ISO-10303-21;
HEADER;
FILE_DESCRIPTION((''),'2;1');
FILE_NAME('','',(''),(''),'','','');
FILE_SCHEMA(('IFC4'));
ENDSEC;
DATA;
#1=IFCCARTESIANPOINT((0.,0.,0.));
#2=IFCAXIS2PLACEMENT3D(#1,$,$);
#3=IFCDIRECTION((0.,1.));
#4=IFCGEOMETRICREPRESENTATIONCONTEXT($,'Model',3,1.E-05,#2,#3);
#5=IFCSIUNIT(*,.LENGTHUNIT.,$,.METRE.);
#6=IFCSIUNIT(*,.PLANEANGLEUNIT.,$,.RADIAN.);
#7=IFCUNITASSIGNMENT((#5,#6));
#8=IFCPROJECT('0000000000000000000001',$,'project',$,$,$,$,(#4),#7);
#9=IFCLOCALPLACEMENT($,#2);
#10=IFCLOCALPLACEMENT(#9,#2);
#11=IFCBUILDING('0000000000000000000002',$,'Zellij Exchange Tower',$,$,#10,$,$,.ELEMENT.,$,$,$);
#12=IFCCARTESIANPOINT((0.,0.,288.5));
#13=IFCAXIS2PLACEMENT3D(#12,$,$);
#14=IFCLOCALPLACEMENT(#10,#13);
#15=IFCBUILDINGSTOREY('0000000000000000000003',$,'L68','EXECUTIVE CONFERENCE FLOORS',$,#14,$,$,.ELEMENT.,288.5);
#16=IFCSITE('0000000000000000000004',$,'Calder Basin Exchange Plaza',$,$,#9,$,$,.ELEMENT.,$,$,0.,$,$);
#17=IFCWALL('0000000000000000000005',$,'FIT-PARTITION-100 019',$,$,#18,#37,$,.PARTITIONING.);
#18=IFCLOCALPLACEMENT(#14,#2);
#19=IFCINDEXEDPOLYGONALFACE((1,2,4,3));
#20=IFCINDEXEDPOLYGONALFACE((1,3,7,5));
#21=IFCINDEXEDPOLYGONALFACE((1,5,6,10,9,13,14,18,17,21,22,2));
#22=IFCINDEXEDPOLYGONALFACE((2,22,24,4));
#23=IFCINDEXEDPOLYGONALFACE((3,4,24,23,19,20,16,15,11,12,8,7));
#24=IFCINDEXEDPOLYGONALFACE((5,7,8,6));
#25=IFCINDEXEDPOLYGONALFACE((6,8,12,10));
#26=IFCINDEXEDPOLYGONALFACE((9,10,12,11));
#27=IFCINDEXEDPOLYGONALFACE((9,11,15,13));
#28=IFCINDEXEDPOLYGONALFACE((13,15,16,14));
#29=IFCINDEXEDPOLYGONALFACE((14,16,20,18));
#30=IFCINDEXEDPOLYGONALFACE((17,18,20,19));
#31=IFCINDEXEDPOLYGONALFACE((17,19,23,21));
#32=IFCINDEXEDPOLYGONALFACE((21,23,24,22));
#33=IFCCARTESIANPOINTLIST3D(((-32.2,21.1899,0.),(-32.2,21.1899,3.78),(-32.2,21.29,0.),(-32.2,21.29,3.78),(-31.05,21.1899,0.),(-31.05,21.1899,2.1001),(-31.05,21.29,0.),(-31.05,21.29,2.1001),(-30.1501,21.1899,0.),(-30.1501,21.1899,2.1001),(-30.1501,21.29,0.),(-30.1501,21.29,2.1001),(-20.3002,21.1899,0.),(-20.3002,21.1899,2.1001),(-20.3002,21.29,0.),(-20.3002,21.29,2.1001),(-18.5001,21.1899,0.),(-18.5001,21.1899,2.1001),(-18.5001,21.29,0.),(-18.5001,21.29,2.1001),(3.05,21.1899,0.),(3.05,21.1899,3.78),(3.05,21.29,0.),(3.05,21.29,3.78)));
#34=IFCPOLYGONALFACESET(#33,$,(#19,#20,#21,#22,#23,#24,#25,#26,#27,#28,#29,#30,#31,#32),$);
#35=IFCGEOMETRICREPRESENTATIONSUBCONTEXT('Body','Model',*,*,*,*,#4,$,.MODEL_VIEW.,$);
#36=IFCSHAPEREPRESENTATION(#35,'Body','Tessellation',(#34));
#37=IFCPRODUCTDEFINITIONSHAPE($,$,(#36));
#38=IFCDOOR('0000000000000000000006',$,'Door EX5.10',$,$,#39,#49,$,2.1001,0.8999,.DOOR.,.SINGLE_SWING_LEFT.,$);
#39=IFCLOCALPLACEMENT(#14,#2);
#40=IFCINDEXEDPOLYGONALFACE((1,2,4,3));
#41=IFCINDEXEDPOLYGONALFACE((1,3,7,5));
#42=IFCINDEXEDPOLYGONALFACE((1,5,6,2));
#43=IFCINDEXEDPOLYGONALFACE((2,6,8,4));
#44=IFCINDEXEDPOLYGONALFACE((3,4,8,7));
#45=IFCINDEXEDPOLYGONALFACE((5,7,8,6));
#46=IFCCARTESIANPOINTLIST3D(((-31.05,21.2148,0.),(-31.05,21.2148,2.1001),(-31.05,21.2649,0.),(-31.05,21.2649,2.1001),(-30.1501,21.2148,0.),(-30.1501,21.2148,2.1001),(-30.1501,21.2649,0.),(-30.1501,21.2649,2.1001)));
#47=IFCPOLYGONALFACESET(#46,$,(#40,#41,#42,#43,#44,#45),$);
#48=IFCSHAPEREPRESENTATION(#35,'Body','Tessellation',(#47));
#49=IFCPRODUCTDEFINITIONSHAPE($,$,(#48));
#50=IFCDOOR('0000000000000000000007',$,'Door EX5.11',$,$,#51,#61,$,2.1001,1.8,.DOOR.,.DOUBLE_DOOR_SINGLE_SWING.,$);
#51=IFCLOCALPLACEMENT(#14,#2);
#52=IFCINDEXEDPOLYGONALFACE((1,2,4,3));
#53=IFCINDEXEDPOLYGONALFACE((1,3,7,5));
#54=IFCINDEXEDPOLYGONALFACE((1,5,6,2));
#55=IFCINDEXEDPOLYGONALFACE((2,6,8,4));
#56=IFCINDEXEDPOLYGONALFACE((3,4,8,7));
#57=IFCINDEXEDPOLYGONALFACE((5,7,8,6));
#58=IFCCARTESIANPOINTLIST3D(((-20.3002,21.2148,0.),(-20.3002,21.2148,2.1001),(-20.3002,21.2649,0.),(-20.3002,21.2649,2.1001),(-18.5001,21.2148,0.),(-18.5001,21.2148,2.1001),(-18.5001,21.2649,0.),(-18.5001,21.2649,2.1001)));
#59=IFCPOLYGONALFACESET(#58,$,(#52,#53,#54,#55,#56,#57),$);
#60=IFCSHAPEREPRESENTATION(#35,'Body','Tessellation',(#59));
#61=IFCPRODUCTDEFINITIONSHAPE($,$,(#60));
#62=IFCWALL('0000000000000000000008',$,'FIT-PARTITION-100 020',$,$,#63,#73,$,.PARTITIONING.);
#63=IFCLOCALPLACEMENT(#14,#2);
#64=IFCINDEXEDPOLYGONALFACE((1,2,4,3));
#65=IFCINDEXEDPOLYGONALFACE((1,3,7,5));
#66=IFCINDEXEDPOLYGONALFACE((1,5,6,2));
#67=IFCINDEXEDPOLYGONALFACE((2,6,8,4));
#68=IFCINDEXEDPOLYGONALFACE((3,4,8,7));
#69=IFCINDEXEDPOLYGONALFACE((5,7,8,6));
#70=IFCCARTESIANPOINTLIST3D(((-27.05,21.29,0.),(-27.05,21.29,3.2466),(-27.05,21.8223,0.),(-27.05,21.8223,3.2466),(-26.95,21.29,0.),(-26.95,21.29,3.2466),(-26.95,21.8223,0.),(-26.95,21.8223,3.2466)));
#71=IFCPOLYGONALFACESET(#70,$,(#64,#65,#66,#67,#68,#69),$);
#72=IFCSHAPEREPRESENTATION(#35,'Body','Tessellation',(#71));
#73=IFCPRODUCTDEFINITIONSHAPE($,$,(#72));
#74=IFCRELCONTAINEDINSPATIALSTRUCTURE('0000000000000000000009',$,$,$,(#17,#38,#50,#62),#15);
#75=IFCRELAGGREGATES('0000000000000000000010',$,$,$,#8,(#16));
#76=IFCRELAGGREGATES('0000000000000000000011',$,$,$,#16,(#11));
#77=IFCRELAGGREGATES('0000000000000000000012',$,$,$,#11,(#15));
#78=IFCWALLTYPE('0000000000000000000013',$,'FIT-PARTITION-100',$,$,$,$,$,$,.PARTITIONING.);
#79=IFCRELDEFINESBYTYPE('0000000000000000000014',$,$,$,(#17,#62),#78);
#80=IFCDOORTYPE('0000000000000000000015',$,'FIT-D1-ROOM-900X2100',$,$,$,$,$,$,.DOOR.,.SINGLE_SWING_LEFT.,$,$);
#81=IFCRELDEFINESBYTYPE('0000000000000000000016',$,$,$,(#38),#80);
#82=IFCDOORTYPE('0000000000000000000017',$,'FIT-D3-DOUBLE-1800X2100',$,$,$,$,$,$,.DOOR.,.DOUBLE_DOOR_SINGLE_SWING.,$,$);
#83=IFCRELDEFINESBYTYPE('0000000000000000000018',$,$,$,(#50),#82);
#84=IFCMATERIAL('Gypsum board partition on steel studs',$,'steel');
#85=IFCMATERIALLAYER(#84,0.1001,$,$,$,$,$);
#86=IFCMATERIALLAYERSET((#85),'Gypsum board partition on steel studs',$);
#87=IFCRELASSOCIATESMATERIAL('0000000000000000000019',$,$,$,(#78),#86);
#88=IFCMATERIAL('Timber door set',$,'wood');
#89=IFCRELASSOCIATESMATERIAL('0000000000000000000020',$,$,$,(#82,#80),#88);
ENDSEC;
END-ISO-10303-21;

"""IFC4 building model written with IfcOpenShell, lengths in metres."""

from ifc_helpers import new_model, si_unit, direction, frame, frame_2d, origin, place, context, subcontext, project, spatial, rectangle, extrude, material, layer, layer_set, type_object, element, fill, save


model = new_model("IFC4")

# Units and contexts
model_context = context("Model", 3, precision=1e-05, world=origin(), true_north=direction((0.0, 1.0)))
body_context = subcontext(model_context, "Body", "Model", "MODEL_VIEW")
ifc_project = project(units=[si_unit("LENGTHUNIT", "METRE"), si_unit("PLANEANGLEUNIT", "RADIAN")], contexts=[model_context])

# Site, building, storey
site_placement = place(None, origin())
site = spatial("IfcSite", under=ifc_project, at=site_placement, Name="Calder Basin Exchange Plaza", CompositionType="ELEMENT", RefElevation=0.0)
building_placement = place(site_placement, origin())
building = spatial("IfcBuilding", under=site, at=building_placement, Name="Zellij Exchange Tower", CompositionType="ELEMENT")
storey_placement = place(building_placement, frame((0.0, 0.0, 288.5)))
storey = spatial("IfcBuildingStorey", under=building, at=storey_placement, Name="L68", Description="EXECUTIVE CONFERENCE FLOORS", CompositionType="ELEMENT", Elevation=288.5)

# Shared definitions
ifc_material_1 = material(Name="Gypsum board partition on steel studs", Category="steel")
ifc_layer = layer(ifc_material_1, 0.1001)
ifc_layer_set = layer_set([ifc_layer], Name="Gypsum board partition on steel studs")
wall_type = type_object("IfcWallType", Name="FIT-PARTITION-100", PredefinedType="PARTITIONING", material=ifc_layer_set)

# Shared definitions
ifc_material_2 = material(Name="Timber door set", Category="wood")
door_type_1 = type_object("IfcDoorType", Name="FIT-D3-DOUBLE-1800X2100", OperationType="DOUBLE_DOOR_SINGLE_SWING", PredefinedType="DOOR", material=ifc_material_2)
door_type_2 = type_object("IfcDoorType", Name="FIT-D1-ROOM-900X2100", OperationType="SINGLE_SWING_LEFT", PredefinedType="DOOR", material=ifc_material_2)

# Wall, openings, doors
wall_1_placement = place(storey_placement, frame((-32.2, 21.24, 0.0), z_axis=(0.0, 0.0, 1.0), x_axis=(1.0, 0.0, 0.0)))
wall_1 = element("IfcWall", 1, at=wall_1_placement, inside=storey, type_object=wall_type, Name="FIT-PARTITION-100 019", PredefinedType="PARTITIONING", context=body_context, shape_type="SweptSolid", body=[
    extrude(rectangle(XDim=35.25, YDim=0.1001, at=frame_2d((17.625, 0.0))), origin(), (0.0, 0.0, 1.0), 3.78),
])
opening_1_placement = place(wall_1_placement, frame((1.1499, 0.0, 0.0)))
opening_1 = element("IfcOpeningElement", 2, at=opening_1_placement, cuts=wall_1, PredefinedType="OPENING", context=body_context, shape_type="SweptSolid", body=[
    extrude(rectangle(XDim=0.8999, YDim=2.1001, at=frame_2d((0.45, 1.05))), frame((0.0, 0.062, 0.0), z_axis=(0.0, -1.0, 0.0), x_axis=(1.0, 0.0, 0.0)), (0.0, 0.0, 1.0), 0.124),
])
opening_2_placement = place(wall_1_placement, frame((11.8999, 0.0, 0.0)))
opening_2 = element("IfcOpeningElement", 3, at=opening_2_placement, cuts=wall_1, PredefinedType="OPENING", context=body_context, shape_type="SweptSolid", body=[
    extrude(rectangle(XDim=1.8, YDim=2.1001, at=frame_2d((0.8999, 1.05))), frame((0.0, 0.062, 0.0), z_axis=(0.0, -1.0, 0.0), x_axis=(1.0, 0.0, 0.0)), (0.0, 0.0, 1.0), 0.124),
])
door_1_placement = place(opening_1_placement, origin())
door_1 = element("IfcDoor", 4, at=door_1_placement, inside=storey, type_object=door_type_2, Name="Door EX5.10", OperationType="SINGLE_SWING_LEFT", OverallHeight=2.1001, OverallWidth=0.8999, PredefinedType="DOOR", context=body_context, shape_type="SweptSolid", body=[
    extrude(rectangle(XDim=0.8999, YDim=2.1001, at=frame_2d((0.45, 1.05))), frame((0.0, 0.0249, 0.0), z_axis=(0.0, -1.0, 0.0), x_axis=(1.0, 0.0, 0.0)), (0.0, 0.0, 1.0), 0.05),
])
fill(opening_1, door_1)
door_2_placement = place(opening_2_placement, origin())
door_2 = element("IfcDoor", 5, at=door_2_placement, inside=storey, type_object=door_type_1, Name="Door EX5.11", OperationType="DOUBLE_DOOR_SINGLE_SWING", OverallHeight=2.1001, OverallWidth=1.8, PredefinedType="DOOR", context=body_context, shape_type="SweptSolid", body=[
    extrude(rectangle(XDim=1.8, YDim=2.1001, at=frame_2d((0.8999, 1.05))), frame((0.0, 0.0249, 0.0), z_axis=(0.0, -1.0, 0.0), x_axis=(1.0, 0.0, 0.0)), (0.0, 0.0, 1.0), 0.05),
])
fill(opening_2, door_2)

# Wall
wall_2_placement = place(storey_placement, frame((-27.0, 21.29, 0.0), z_axis=(0.0, 0.0, 1.0), x_axis=(0.0, 1.0, 0.0)))
element("IfcWall", 6, at=wall_2_placement, inside=storey, type_object=wall_type, Name="FIT-PARTITION-100 020", PredefinedType="PARTITIONING", context=body_context, shape_type="SweptSolid", body=[
    extrude(rectangle(XDim=0.5322, YDim=0.1001, at=frame_2d((0.2661, 0.0))), origin(), (0.0, 0.0, 1.0), 3.2466),
])

save(model, "model.ifc")
